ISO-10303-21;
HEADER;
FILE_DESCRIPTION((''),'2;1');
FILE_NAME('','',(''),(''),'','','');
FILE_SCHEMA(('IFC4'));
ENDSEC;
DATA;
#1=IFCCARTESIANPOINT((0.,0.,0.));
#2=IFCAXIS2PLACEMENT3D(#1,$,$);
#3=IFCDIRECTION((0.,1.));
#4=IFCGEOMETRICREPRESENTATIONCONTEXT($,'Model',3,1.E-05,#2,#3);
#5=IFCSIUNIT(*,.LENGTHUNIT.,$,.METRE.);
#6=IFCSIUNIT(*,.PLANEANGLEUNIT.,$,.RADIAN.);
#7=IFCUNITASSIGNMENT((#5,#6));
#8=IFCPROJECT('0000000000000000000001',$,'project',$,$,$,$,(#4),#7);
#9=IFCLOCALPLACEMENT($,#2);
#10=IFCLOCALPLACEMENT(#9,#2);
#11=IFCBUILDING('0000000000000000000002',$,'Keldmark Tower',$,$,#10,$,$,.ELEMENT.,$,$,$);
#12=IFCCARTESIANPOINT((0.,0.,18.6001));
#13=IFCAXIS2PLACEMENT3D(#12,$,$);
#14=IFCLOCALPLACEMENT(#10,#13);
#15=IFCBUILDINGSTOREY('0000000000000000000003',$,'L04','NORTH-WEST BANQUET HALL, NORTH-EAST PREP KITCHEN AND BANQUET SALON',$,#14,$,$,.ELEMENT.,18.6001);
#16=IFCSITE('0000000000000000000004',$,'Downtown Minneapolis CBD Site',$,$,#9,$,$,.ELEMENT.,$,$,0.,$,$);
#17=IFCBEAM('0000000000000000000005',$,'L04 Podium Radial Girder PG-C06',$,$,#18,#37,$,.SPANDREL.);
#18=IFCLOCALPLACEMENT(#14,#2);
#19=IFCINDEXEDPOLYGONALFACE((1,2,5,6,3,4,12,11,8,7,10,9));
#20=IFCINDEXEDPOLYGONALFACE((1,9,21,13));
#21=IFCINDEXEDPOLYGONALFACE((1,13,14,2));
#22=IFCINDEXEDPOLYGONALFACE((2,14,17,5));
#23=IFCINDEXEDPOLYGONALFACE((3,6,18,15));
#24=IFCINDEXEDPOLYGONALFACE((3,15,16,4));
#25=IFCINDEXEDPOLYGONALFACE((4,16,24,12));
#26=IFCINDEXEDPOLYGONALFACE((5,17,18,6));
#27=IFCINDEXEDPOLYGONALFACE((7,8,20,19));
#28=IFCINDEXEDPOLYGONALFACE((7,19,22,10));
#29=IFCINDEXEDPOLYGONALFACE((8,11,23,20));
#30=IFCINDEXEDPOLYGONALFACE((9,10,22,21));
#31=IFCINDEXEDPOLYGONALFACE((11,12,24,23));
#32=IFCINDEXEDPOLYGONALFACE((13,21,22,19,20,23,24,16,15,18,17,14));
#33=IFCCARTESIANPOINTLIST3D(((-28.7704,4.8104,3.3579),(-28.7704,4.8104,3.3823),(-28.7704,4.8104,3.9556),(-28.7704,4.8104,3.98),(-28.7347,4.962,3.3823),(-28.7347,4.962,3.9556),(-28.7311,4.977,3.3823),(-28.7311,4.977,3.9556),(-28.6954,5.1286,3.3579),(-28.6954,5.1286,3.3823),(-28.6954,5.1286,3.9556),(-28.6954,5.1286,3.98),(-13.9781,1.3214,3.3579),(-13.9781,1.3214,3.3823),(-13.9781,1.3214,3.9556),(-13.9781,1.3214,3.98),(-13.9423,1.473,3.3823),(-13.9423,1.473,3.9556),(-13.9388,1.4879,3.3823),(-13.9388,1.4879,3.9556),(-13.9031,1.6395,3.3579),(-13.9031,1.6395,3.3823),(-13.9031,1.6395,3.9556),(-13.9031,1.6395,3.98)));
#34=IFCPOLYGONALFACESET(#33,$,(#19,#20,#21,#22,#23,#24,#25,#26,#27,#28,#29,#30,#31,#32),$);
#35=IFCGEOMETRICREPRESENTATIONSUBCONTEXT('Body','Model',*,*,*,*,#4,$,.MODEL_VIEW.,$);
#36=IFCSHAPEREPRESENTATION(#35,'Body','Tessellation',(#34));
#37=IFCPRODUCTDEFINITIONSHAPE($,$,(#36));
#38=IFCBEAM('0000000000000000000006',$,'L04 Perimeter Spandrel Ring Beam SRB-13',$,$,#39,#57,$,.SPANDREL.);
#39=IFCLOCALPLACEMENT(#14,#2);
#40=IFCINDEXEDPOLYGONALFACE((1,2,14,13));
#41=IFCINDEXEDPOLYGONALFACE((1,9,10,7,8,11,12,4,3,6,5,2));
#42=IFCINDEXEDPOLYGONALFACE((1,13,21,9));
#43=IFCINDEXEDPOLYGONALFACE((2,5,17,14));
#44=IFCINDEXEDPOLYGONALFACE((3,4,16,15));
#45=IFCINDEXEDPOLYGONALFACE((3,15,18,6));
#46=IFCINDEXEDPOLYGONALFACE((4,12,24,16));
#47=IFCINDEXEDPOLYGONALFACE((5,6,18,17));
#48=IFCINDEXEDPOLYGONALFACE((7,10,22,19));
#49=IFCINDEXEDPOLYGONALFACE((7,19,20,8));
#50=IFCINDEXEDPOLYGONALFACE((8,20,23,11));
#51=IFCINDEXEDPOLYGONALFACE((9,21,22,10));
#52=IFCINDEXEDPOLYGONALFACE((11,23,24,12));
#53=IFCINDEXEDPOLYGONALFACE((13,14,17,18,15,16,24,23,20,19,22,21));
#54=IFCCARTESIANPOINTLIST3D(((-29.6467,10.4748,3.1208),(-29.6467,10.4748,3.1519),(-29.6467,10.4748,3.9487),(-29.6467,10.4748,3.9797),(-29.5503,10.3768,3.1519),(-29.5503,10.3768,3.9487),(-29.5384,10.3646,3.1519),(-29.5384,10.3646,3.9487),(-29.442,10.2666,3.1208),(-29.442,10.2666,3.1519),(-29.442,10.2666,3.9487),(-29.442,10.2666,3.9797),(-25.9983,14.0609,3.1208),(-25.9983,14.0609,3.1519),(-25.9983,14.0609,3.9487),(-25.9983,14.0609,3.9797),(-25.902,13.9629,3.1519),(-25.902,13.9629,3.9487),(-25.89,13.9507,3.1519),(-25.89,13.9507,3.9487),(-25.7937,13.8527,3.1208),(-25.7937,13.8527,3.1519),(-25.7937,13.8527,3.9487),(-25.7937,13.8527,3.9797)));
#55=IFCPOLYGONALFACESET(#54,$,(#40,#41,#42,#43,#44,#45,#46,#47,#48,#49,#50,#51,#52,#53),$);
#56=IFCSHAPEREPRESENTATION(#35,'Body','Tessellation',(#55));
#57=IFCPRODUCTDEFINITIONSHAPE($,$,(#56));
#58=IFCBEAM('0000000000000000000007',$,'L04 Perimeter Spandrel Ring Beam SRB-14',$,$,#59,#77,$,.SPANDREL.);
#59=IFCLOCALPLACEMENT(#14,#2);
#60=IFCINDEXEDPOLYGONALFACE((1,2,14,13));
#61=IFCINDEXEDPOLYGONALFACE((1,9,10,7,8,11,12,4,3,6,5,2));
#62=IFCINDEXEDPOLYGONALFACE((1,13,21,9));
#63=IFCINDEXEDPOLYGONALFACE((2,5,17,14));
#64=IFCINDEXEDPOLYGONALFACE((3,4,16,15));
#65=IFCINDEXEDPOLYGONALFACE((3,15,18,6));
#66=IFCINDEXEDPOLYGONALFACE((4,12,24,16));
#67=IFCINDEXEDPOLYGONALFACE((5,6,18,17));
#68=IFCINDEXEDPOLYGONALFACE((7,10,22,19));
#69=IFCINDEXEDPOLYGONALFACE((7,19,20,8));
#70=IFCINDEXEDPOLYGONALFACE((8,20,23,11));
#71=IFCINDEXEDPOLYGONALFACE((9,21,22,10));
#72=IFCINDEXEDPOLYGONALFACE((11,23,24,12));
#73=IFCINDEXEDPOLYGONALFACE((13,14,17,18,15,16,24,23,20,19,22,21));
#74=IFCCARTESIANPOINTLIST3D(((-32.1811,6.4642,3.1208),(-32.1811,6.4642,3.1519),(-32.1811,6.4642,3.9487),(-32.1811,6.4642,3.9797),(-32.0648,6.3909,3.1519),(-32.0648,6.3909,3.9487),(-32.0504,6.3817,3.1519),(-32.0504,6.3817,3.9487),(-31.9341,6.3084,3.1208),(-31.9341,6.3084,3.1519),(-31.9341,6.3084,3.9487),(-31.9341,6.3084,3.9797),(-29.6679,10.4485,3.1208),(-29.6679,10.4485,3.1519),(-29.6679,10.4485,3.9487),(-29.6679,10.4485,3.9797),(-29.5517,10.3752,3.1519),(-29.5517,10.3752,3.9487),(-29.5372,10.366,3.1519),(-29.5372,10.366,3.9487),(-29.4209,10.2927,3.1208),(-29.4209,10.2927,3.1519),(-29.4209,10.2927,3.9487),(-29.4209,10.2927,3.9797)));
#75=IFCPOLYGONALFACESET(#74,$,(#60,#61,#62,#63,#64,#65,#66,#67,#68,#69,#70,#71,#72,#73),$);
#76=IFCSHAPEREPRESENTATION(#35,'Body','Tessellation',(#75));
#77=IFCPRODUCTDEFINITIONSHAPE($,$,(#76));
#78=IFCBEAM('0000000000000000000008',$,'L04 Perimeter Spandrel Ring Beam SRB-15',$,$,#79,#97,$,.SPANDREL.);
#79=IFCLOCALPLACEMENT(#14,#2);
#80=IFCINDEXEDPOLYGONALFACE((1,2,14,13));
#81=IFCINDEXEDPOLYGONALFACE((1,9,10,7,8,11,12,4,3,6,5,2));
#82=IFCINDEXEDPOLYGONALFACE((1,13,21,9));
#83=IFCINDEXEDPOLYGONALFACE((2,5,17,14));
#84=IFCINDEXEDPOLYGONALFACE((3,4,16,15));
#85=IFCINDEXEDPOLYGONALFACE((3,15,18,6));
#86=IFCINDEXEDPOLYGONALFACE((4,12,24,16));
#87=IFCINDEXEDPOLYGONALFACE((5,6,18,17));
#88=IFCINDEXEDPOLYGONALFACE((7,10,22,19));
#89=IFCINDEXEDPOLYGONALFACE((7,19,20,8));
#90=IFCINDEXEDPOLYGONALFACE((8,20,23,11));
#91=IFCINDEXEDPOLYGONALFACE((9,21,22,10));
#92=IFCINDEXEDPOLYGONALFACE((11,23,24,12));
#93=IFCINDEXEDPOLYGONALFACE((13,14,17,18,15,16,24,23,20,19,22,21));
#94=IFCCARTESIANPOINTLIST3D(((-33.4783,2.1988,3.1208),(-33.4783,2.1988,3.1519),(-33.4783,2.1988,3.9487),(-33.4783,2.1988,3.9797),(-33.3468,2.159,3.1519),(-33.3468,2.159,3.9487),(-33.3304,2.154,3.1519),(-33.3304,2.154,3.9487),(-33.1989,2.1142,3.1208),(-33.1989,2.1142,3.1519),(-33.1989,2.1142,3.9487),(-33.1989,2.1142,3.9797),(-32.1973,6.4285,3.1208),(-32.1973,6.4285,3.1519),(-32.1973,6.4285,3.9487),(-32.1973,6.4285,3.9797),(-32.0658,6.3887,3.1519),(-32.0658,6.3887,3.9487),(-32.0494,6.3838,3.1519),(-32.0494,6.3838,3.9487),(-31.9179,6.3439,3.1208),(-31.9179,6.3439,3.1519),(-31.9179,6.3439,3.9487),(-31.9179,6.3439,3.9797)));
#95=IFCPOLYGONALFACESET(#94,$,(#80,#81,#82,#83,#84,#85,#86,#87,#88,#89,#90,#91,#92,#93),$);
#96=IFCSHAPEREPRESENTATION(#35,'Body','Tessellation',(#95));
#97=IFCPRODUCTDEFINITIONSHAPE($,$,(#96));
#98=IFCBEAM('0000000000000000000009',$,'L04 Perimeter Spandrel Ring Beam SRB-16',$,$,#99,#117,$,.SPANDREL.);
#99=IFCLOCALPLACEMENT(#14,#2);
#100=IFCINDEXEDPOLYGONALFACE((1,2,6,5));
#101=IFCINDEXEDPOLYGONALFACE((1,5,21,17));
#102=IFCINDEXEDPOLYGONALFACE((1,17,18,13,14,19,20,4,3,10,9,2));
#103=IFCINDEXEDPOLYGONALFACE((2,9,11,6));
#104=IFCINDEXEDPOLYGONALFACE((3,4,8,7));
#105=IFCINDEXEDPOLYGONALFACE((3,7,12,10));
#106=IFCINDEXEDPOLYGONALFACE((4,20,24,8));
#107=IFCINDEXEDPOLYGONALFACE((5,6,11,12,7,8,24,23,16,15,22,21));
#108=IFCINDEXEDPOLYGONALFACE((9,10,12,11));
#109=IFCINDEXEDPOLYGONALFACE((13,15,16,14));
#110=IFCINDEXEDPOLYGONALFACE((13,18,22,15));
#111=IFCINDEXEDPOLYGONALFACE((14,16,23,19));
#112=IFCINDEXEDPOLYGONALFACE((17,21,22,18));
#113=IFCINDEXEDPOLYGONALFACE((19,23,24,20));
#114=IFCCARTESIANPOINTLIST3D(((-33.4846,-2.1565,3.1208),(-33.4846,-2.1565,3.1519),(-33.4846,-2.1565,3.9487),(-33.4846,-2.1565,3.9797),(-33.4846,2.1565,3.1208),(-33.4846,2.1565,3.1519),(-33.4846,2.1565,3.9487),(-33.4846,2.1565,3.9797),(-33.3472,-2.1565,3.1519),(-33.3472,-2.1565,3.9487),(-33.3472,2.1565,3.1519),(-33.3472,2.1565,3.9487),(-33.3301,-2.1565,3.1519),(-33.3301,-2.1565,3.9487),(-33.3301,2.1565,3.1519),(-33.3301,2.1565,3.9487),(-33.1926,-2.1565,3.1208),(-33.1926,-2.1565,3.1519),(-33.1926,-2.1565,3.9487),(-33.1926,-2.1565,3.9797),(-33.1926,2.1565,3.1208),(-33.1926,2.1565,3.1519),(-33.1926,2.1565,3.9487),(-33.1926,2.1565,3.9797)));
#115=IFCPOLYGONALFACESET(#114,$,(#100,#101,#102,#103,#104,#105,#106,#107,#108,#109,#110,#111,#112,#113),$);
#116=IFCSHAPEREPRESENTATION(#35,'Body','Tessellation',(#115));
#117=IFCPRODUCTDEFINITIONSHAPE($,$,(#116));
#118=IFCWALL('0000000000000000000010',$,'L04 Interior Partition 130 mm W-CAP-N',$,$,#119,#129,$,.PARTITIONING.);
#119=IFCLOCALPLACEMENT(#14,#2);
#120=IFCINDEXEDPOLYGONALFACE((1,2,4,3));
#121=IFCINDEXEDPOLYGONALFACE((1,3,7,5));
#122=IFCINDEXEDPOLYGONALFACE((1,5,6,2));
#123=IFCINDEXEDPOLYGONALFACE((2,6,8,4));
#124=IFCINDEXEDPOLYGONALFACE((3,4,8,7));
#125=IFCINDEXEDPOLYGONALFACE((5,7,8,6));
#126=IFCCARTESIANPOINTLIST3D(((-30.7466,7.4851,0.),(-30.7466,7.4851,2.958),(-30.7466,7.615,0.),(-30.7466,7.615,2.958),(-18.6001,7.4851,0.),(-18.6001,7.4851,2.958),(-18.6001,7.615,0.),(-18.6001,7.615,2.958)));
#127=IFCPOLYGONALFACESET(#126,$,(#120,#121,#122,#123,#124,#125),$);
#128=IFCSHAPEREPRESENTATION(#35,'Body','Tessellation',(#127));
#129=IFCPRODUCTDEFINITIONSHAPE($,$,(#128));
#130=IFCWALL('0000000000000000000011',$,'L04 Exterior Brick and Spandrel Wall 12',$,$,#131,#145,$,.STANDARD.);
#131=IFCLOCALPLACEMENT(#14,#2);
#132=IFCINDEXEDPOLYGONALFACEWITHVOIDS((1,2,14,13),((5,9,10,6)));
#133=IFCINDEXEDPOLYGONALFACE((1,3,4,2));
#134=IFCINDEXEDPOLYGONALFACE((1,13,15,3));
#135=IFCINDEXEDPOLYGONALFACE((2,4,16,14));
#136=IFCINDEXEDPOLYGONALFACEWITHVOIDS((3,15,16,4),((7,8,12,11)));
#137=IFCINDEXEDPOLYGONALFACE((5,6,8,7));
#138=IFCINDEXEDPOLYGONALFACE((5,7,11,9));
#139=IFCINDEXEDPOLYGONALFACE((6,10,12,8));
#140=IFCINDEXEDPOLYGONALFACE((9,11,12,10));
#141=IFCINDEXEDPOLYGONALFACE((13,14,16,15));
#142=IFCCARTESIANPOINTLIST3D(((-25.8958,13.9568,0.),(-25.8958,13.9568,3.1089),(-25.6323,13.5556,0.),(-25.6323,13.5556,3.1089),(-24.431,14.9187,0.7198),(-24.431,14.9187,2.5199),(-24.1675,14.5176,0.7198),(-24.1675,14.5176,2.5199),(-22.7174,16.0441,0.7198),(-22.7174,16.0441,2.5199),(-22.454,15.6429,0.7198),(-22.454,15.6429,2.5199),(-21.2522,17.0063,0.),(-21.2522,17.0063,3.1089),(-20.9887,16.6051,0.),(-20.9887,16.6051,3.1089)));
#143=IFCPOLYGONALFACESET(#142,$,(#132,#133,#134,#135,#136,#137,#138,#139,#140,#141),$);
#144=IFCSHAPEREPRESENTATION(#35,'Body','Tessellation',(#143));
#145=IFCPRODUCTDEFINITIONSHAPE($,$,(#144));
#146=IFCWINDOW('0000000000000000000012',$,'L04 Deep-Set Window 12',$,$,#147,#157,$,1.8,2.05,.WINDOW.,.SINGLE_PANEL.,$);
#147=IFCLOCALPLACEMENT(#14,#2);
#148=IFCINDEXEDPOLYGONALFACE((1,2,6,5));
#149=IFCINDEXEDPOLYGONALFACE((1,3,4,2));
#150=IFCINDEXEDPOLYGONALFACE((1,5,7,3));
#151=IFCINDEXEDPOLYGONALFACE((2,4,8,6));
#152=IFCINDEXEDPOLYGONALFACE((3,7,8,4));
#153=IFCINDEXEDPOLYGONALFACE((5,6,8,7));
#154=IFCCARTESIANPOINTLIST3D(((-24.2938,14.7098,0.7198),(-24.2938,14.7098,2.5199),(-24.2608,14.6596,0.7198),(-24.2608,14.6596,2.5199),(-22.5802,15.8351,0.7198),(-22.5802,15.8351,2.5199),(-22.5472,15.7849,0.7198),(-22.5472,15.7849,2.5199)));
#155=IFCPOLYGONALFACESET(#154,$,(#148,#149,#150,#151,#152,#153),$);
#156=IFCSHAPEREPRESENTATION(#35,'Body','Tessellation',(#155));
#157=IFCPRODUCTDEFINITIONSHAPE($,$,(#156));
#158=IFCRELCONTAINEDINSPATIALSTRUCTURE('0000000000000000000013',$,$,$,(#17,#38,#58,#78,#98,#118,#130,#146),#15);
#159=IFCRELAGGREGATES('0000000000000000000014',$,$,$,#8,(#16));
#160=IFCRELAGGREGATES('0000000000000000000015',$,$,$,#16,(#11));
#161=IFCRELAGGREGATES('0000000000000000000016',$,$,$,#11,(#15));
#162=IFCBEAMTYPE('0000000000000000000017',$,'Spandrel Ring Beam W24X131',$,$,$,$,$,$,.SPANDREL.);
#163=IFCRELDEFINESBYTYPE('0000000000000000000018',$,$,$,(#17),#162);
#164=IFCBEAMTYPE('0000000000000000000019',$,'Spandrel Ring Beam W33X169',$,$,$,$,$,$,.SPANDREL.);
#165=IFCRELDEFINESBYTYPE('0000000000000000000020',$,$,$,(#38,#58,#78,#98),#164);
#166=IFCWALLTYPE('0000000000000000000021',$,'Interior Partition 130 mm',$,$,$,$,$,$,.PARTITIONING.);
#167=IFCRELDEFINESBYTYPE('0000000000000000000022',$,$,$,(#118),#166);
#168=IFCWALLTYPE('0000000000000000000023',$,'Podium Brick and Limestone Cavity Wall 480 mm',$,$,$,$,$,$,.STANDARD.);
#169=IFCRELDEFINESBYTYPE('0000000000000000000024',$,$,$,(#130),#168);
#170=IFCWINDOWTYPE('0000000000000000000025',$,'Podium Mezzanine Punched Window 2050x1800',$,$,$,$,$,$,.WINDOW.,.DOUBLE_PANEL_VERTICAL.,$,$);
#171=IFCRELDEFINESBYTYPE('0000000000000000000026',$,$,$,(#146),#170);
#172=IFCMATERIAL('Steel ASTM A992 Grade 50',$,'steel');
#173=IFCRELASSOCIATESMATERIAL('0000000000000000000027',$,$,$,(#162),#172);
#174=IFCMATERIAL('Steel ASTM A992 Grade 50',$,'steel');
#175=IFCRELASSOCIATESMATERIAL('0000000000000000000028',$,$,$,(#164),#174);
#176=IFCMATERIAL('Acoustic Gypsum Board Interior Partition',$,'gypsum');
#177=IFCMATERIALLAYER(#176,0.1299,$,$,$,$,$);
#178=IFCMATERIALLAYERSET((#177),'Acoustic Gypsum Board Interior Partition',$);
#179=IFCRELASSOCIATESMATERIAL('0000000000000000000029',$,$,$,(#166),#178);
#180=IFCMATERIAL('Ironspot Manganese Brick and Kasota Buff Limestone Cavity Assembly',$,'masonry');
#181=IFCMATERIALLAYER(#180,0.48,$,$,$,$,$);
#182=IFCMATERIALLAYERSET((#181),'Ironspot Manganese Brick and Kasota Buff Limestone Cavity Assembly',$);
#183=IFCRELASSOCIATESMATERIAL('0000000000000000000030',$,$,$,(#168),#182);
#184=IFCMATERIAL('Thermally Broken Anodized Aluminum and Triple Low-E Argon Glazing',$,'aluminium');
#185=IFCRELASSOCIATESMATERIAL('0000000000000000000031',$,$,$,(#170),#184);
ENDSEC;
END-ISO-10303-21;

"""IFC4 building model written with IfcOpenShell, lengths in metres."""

from ifc_helpers import new_model, si_unit, direction, frame, frame_2d, origin, origin_2d, place, context, subcontext, project, spatial, rectangle, i_section, extrude, material, layer, layer_set, material_profile, profile_set, type_object, element, fill, save


model = new_model("IFC4")

# Units and contexts
model_context = context("Model", 3, precision=1e-05, world=origin(), true_north=direction((0.0, 1.0)))
body_context = subcontext(model_context, "Body", "Model", "MODEL_VIEW")
ifc_project = project(units=[si_unit("LENGTHUNIT", "METRE"), si_unit("PLANEANGLEUNIT", "RADIAN")], contexts=[model_context])

# Site, building, storey
site_placement = place(None, origin())
site = spatial("IfcSite", under=ifc_project, at=site_placement, Name="Downtown Minneapolis CBD Site", CompositionType="ELEMENT", RefElevation=0.0)
building_placement = place(site_placement, origin())
building = spatial("IfcBuilding", under=site, at=building_placement, Name="Keldmark Tower", CompositionType="ELEMENT")
storey_placement = place(building_placement, frame((0.0, 0.0, 18.6001)))
storey = spatial("IfcBuildingStorey", under=building, at=storey_placement, Name="L04", Description="NORTH-WEST BANQUET HALL, NORTH-EAST PREP KITCHEN AND BANQUET SALON", CompositionType="ELEMENT", Elevation=18.6001)

# Beams
ifc_material_1 = material(Name="Steel ASTM A992 Grade 50", Category="steel")
ifc_material_profile_1 = material_profile(ifc_material_1, i_section(OverallWidth=0.3269, OverallDepth=0.6221, WebThickness=0.0154, FlangeThickness=0.0244, at=origin_2d()), Name="W24X131")
ifc_profile_set_1 = profile_set([ifc_material_profile_1], Name="Steel ASTM A992 Grade 50")
beam_type_1 = type_object("IfcBeamType", Name="Spandrel Ring Beam W24X131", PredefinedType="SPANDREL", material=ifc_profile_set_1)
beam_1_placement = place(storey_placement, frame((-28.7329, 4.9695, 3.6689), z_axis=(0.973293, -0.229568, 0.0), x_axis=(0.229568, 0.973293, 0.0)))
element("IfcBeam", 1, at=beam_1_placement, inside=storey, type_object=beam_type_1, Name="L04 Podium Radial Girder PG-C06", PredefinedType="SPANDREL", context=body_context, shape_type="SweptSolid", body=[
    extrude(i_section(OverallWidth=0.3269, OverallDepth=0.6221, WebThickness=0.0154, FlangeThickness=0.0244, at=origin_2d()), origin(), (0.0, 0.0, 1.0), 15.1982),
])
ifc_material_2 = material(Name="Steel ASTM A992 Grade 50", Category="steel")
ifc_material_profile_2 = material_profile(ifc_material_2, i_section(OverallWidth=0.292, OverallDepth=0.8589, WebThickness=0.0171, FlangeThickness=0.031, at=origin_2d()), Name="W33X169")
ifc_profile_set_2 = profile_set([ifc_material_profile_2], Name="Steel ASTM A992 Grade 50")
beam_type_2 = type_object("IfcBeamType", Name="Spandrel Ring Beam W33X169", PredefinedType="SPANDREL", material=ifc_profile_set_2)
beam_2_placement = place(storey_placement, frame((-25.896, 13.9568, 3.5503), z_axis=(-0.713165, -0.700996, 0.0), x_axis=(0.700996, -0.713165, 0.0)))
element("IfcBeam", 2, at=beam_2_placement, inside=storey, type_object=beam_type_2, Name="L04 Perimeter Spandrel Ring Beam SRB-13", PredefinedType="SPANDREL", context=body_context, shape_type="SweptSolid", body=[
    extrude(i_section(OverallWidth=0.292, OverallDepth=0.8589, WebThickness=0.0171, FlangeThickness=0.031, at=origin_2d()), origin(), (0.0, 0.0, 1.0), 5.1157),
])
beam_3_placement = place(storey_placement, frame((-29.5444, 10.3706, 3.5503), z_axis=(-0.533498, -0.845802, 0.0), x_axis=(0.845802, -0.533498, 0.0)))
element("IfcBeam", 3, at=beam_3_placement, inside=storey, type_object=beam_type_2, Name="L04 Perimeter Spandrel Ring Beam SRB-14", PredefinedType="SPANDREL", context=body_context, shape_type="SweptSolid", body=[
    extrude(i_section(OverallWidth=0.292, OverallDepth=0.8589, WebThickness=0.0171, FlangeThickness=0.031, at=origin_2d()), origin(), (0.0, 0.0, 1.0), 4.7107),
])
beam_4_placement = place(storey_placement, frame((-32.0576, 6.3862, 3.5503), z_axis=(-0.289856, -0.95707, 0.0), x_axis=(0.95707, -0.289856, 0.0)))
element("IfcBeam", 4, at=beam_4_placement, inside=storey, type_object=beam_type_2, Name="L04 Perimeter Spandrel Ring Beam SRB-15", PredefinedType="SPANDREL", context=body_context, shape_type="SweptSolid", body=[
    extrude(i_section(OverallWidth=0.292, OverallDepth=0.8589, WebThickness=0.0171, FlangeThickness=0.031, at=origin_2d()), origin(), (0.0, 0.0, 1.0), 4.4194),
])
beam_5_placement = place(storey_placement, frame((-33.3386, 2.1565, 3.5503), z_axis=(0.0, -1.0, 0.0), x_axis=(1.0, 0.0, 0.0)))
element("IfcBeam", 5, at=beam_5_placement, inside=storey, type_object=beam_type_2, Name="L04 Perimeter Spandrel Ring Beam SRB-16", PredefinedType="SPANDREL", context=body_context, shape_type="SweptSolid", body=[
    extrude(i_section(OverallWidth=0.292, OverallDepth=0.8589, WebThickness=0.0171, FlangeThickness=0.031, at=origin_2d()), origin(), (0.0, 0.0, 1.0), 4.313),
])

# Wall
ifc_material_3 = material(Name="Acoustic Gypsum Board Interior Partition", Category="gypsum")
ifc_layer_1 = layer(ifc_material_3, 0.1299)
ifc_layer_set_1 = layer_set([ifc_layer_1], Name="Acoustic Gypsum Board Interior Partition")
wall_type_1 = type_object("IfcWallType", Name="Interior Partition 130 mm", PredefinedType="PARTITIONING", material=ifc_layer_set_1)
wall_1_placement = place(storey_placement, frame((-30.7466, 7.55, 0.0), z_axis=(0.0, 0.0, 1.0), x_axis=(1.0, 0.0, 0.0)))
element("IfcWall", 6, at=wall_1_placement, inside=storey, type_object=wall_type_1, Name="L04 Interior Partition 130 mm W-CAP-N", PredefinedType="PARTITIONING", context=body_context, shape_type="SweptSolid", body=[
    extrude(rectangle(XDim=12.1465, YDim=0.1299, at=frame_2d((6.0732, 0.0))), origin(), (0.0, 0.0, 1.0), 2.958),
])

# Wall, opening, window
ifc_material_4 = material(Name="Ironspot Manganese Brick and Kasota Buff Limestone Cavity Assembly", Category="masonry")
ifc_layer_2 = layer(ifc_material_4, 0.48)
ifc_layer_set_2 = layer_set([ifc_layer_2], Name="Ironspot Manganese Brick and Kasota Buff Limestone Cavity Assembly")
wall_type_2 = type_object("IfcWallType", Name="Podium Brick and Limestone Cavity Wall 480 mm", PredefinedType="STANDARD", material=ifc_layer_set_2)
wall_2_placement = place(storey_placement, frame((-25.7642, 13.7561, 0.0), z_axis=(0.0, 0.0, 1.0), x_axis=(0.835864, 0.548937, 0.0)))
wall_2 = element("IfcWall", 7, at=wall_2_placement, inside=storey, type_object=wall_type_2, Name="L04 Exterior Brick and Spandrel Wall 12", PredefinedType="STANDARD", context=body_context, shape_type="SweptSolid", body=[
    extrude(rectangle(XDim=5.5554, YDim=0.48, at=frame_2d((2.7778, 0.0))), origin(), (0.0, 0.0, 1.0), 3.1089),
])
opening_1_placement = place(wall_2_placement, frame((1.7527, 0.0, 0.72)))
opening_1 = element("IfcOpeningElement", 8, at=opening_1_placement, cuts=wall_2, PredefinedType="OPENING", context=body_context, shape_type="SweptSolid", body=[
    extrude(rectangle(XDim=2.05, YDim=1.8, at=frame_2d((1.0249, 0.8999))), frame((0.0, 0.25, 0.0), z_axis=(0.0, -1.0, 0.0), x_axis=(1.0, 0.0, 0.0)), (0.0, 0.0, 1.0), 0.5),
])
ifc_material_5 = material(Name="Thermally Broken Anodized Aluminum and Triple Low-E Argon Glazing", Category="aluminium")
window_type = type_object("IfcWindowType", Name="Podium Mezzanine Punched Window 2050x1800", PartitioningType="DOUBLE_PANEL_VERTICAL", PredefinedType="WINDOW", material=ifc_material_5)
window_1_placement = place(opening_1_placement, origin())
window_1 = element("IfcWindow", 9, at=window_1_placement, inside=storey, type_object=window_type, Name="L04 Deep-Set Window 12", OverallHeight=1.8, OverallWidth=2.05, PartitioningType="SINGLE_PANEL", PredefinedType="WINDOW", context=body_context, shape_type="SweptSolid", body=[
    extrude(rectangle(XDim=2.05, YDim=1.8, at=frame_2d((1.0249, 0.8999))), frame((0.0, -0.01, 0.0), z_axis=(0.0, -1.0, 0.0), x_axis=(1.0, 0.0, 0.0)), (0.0, 0.0, 1.0), 0.0601),
])
fill(opening_1, window_1)

save(model, "model.ifc")
